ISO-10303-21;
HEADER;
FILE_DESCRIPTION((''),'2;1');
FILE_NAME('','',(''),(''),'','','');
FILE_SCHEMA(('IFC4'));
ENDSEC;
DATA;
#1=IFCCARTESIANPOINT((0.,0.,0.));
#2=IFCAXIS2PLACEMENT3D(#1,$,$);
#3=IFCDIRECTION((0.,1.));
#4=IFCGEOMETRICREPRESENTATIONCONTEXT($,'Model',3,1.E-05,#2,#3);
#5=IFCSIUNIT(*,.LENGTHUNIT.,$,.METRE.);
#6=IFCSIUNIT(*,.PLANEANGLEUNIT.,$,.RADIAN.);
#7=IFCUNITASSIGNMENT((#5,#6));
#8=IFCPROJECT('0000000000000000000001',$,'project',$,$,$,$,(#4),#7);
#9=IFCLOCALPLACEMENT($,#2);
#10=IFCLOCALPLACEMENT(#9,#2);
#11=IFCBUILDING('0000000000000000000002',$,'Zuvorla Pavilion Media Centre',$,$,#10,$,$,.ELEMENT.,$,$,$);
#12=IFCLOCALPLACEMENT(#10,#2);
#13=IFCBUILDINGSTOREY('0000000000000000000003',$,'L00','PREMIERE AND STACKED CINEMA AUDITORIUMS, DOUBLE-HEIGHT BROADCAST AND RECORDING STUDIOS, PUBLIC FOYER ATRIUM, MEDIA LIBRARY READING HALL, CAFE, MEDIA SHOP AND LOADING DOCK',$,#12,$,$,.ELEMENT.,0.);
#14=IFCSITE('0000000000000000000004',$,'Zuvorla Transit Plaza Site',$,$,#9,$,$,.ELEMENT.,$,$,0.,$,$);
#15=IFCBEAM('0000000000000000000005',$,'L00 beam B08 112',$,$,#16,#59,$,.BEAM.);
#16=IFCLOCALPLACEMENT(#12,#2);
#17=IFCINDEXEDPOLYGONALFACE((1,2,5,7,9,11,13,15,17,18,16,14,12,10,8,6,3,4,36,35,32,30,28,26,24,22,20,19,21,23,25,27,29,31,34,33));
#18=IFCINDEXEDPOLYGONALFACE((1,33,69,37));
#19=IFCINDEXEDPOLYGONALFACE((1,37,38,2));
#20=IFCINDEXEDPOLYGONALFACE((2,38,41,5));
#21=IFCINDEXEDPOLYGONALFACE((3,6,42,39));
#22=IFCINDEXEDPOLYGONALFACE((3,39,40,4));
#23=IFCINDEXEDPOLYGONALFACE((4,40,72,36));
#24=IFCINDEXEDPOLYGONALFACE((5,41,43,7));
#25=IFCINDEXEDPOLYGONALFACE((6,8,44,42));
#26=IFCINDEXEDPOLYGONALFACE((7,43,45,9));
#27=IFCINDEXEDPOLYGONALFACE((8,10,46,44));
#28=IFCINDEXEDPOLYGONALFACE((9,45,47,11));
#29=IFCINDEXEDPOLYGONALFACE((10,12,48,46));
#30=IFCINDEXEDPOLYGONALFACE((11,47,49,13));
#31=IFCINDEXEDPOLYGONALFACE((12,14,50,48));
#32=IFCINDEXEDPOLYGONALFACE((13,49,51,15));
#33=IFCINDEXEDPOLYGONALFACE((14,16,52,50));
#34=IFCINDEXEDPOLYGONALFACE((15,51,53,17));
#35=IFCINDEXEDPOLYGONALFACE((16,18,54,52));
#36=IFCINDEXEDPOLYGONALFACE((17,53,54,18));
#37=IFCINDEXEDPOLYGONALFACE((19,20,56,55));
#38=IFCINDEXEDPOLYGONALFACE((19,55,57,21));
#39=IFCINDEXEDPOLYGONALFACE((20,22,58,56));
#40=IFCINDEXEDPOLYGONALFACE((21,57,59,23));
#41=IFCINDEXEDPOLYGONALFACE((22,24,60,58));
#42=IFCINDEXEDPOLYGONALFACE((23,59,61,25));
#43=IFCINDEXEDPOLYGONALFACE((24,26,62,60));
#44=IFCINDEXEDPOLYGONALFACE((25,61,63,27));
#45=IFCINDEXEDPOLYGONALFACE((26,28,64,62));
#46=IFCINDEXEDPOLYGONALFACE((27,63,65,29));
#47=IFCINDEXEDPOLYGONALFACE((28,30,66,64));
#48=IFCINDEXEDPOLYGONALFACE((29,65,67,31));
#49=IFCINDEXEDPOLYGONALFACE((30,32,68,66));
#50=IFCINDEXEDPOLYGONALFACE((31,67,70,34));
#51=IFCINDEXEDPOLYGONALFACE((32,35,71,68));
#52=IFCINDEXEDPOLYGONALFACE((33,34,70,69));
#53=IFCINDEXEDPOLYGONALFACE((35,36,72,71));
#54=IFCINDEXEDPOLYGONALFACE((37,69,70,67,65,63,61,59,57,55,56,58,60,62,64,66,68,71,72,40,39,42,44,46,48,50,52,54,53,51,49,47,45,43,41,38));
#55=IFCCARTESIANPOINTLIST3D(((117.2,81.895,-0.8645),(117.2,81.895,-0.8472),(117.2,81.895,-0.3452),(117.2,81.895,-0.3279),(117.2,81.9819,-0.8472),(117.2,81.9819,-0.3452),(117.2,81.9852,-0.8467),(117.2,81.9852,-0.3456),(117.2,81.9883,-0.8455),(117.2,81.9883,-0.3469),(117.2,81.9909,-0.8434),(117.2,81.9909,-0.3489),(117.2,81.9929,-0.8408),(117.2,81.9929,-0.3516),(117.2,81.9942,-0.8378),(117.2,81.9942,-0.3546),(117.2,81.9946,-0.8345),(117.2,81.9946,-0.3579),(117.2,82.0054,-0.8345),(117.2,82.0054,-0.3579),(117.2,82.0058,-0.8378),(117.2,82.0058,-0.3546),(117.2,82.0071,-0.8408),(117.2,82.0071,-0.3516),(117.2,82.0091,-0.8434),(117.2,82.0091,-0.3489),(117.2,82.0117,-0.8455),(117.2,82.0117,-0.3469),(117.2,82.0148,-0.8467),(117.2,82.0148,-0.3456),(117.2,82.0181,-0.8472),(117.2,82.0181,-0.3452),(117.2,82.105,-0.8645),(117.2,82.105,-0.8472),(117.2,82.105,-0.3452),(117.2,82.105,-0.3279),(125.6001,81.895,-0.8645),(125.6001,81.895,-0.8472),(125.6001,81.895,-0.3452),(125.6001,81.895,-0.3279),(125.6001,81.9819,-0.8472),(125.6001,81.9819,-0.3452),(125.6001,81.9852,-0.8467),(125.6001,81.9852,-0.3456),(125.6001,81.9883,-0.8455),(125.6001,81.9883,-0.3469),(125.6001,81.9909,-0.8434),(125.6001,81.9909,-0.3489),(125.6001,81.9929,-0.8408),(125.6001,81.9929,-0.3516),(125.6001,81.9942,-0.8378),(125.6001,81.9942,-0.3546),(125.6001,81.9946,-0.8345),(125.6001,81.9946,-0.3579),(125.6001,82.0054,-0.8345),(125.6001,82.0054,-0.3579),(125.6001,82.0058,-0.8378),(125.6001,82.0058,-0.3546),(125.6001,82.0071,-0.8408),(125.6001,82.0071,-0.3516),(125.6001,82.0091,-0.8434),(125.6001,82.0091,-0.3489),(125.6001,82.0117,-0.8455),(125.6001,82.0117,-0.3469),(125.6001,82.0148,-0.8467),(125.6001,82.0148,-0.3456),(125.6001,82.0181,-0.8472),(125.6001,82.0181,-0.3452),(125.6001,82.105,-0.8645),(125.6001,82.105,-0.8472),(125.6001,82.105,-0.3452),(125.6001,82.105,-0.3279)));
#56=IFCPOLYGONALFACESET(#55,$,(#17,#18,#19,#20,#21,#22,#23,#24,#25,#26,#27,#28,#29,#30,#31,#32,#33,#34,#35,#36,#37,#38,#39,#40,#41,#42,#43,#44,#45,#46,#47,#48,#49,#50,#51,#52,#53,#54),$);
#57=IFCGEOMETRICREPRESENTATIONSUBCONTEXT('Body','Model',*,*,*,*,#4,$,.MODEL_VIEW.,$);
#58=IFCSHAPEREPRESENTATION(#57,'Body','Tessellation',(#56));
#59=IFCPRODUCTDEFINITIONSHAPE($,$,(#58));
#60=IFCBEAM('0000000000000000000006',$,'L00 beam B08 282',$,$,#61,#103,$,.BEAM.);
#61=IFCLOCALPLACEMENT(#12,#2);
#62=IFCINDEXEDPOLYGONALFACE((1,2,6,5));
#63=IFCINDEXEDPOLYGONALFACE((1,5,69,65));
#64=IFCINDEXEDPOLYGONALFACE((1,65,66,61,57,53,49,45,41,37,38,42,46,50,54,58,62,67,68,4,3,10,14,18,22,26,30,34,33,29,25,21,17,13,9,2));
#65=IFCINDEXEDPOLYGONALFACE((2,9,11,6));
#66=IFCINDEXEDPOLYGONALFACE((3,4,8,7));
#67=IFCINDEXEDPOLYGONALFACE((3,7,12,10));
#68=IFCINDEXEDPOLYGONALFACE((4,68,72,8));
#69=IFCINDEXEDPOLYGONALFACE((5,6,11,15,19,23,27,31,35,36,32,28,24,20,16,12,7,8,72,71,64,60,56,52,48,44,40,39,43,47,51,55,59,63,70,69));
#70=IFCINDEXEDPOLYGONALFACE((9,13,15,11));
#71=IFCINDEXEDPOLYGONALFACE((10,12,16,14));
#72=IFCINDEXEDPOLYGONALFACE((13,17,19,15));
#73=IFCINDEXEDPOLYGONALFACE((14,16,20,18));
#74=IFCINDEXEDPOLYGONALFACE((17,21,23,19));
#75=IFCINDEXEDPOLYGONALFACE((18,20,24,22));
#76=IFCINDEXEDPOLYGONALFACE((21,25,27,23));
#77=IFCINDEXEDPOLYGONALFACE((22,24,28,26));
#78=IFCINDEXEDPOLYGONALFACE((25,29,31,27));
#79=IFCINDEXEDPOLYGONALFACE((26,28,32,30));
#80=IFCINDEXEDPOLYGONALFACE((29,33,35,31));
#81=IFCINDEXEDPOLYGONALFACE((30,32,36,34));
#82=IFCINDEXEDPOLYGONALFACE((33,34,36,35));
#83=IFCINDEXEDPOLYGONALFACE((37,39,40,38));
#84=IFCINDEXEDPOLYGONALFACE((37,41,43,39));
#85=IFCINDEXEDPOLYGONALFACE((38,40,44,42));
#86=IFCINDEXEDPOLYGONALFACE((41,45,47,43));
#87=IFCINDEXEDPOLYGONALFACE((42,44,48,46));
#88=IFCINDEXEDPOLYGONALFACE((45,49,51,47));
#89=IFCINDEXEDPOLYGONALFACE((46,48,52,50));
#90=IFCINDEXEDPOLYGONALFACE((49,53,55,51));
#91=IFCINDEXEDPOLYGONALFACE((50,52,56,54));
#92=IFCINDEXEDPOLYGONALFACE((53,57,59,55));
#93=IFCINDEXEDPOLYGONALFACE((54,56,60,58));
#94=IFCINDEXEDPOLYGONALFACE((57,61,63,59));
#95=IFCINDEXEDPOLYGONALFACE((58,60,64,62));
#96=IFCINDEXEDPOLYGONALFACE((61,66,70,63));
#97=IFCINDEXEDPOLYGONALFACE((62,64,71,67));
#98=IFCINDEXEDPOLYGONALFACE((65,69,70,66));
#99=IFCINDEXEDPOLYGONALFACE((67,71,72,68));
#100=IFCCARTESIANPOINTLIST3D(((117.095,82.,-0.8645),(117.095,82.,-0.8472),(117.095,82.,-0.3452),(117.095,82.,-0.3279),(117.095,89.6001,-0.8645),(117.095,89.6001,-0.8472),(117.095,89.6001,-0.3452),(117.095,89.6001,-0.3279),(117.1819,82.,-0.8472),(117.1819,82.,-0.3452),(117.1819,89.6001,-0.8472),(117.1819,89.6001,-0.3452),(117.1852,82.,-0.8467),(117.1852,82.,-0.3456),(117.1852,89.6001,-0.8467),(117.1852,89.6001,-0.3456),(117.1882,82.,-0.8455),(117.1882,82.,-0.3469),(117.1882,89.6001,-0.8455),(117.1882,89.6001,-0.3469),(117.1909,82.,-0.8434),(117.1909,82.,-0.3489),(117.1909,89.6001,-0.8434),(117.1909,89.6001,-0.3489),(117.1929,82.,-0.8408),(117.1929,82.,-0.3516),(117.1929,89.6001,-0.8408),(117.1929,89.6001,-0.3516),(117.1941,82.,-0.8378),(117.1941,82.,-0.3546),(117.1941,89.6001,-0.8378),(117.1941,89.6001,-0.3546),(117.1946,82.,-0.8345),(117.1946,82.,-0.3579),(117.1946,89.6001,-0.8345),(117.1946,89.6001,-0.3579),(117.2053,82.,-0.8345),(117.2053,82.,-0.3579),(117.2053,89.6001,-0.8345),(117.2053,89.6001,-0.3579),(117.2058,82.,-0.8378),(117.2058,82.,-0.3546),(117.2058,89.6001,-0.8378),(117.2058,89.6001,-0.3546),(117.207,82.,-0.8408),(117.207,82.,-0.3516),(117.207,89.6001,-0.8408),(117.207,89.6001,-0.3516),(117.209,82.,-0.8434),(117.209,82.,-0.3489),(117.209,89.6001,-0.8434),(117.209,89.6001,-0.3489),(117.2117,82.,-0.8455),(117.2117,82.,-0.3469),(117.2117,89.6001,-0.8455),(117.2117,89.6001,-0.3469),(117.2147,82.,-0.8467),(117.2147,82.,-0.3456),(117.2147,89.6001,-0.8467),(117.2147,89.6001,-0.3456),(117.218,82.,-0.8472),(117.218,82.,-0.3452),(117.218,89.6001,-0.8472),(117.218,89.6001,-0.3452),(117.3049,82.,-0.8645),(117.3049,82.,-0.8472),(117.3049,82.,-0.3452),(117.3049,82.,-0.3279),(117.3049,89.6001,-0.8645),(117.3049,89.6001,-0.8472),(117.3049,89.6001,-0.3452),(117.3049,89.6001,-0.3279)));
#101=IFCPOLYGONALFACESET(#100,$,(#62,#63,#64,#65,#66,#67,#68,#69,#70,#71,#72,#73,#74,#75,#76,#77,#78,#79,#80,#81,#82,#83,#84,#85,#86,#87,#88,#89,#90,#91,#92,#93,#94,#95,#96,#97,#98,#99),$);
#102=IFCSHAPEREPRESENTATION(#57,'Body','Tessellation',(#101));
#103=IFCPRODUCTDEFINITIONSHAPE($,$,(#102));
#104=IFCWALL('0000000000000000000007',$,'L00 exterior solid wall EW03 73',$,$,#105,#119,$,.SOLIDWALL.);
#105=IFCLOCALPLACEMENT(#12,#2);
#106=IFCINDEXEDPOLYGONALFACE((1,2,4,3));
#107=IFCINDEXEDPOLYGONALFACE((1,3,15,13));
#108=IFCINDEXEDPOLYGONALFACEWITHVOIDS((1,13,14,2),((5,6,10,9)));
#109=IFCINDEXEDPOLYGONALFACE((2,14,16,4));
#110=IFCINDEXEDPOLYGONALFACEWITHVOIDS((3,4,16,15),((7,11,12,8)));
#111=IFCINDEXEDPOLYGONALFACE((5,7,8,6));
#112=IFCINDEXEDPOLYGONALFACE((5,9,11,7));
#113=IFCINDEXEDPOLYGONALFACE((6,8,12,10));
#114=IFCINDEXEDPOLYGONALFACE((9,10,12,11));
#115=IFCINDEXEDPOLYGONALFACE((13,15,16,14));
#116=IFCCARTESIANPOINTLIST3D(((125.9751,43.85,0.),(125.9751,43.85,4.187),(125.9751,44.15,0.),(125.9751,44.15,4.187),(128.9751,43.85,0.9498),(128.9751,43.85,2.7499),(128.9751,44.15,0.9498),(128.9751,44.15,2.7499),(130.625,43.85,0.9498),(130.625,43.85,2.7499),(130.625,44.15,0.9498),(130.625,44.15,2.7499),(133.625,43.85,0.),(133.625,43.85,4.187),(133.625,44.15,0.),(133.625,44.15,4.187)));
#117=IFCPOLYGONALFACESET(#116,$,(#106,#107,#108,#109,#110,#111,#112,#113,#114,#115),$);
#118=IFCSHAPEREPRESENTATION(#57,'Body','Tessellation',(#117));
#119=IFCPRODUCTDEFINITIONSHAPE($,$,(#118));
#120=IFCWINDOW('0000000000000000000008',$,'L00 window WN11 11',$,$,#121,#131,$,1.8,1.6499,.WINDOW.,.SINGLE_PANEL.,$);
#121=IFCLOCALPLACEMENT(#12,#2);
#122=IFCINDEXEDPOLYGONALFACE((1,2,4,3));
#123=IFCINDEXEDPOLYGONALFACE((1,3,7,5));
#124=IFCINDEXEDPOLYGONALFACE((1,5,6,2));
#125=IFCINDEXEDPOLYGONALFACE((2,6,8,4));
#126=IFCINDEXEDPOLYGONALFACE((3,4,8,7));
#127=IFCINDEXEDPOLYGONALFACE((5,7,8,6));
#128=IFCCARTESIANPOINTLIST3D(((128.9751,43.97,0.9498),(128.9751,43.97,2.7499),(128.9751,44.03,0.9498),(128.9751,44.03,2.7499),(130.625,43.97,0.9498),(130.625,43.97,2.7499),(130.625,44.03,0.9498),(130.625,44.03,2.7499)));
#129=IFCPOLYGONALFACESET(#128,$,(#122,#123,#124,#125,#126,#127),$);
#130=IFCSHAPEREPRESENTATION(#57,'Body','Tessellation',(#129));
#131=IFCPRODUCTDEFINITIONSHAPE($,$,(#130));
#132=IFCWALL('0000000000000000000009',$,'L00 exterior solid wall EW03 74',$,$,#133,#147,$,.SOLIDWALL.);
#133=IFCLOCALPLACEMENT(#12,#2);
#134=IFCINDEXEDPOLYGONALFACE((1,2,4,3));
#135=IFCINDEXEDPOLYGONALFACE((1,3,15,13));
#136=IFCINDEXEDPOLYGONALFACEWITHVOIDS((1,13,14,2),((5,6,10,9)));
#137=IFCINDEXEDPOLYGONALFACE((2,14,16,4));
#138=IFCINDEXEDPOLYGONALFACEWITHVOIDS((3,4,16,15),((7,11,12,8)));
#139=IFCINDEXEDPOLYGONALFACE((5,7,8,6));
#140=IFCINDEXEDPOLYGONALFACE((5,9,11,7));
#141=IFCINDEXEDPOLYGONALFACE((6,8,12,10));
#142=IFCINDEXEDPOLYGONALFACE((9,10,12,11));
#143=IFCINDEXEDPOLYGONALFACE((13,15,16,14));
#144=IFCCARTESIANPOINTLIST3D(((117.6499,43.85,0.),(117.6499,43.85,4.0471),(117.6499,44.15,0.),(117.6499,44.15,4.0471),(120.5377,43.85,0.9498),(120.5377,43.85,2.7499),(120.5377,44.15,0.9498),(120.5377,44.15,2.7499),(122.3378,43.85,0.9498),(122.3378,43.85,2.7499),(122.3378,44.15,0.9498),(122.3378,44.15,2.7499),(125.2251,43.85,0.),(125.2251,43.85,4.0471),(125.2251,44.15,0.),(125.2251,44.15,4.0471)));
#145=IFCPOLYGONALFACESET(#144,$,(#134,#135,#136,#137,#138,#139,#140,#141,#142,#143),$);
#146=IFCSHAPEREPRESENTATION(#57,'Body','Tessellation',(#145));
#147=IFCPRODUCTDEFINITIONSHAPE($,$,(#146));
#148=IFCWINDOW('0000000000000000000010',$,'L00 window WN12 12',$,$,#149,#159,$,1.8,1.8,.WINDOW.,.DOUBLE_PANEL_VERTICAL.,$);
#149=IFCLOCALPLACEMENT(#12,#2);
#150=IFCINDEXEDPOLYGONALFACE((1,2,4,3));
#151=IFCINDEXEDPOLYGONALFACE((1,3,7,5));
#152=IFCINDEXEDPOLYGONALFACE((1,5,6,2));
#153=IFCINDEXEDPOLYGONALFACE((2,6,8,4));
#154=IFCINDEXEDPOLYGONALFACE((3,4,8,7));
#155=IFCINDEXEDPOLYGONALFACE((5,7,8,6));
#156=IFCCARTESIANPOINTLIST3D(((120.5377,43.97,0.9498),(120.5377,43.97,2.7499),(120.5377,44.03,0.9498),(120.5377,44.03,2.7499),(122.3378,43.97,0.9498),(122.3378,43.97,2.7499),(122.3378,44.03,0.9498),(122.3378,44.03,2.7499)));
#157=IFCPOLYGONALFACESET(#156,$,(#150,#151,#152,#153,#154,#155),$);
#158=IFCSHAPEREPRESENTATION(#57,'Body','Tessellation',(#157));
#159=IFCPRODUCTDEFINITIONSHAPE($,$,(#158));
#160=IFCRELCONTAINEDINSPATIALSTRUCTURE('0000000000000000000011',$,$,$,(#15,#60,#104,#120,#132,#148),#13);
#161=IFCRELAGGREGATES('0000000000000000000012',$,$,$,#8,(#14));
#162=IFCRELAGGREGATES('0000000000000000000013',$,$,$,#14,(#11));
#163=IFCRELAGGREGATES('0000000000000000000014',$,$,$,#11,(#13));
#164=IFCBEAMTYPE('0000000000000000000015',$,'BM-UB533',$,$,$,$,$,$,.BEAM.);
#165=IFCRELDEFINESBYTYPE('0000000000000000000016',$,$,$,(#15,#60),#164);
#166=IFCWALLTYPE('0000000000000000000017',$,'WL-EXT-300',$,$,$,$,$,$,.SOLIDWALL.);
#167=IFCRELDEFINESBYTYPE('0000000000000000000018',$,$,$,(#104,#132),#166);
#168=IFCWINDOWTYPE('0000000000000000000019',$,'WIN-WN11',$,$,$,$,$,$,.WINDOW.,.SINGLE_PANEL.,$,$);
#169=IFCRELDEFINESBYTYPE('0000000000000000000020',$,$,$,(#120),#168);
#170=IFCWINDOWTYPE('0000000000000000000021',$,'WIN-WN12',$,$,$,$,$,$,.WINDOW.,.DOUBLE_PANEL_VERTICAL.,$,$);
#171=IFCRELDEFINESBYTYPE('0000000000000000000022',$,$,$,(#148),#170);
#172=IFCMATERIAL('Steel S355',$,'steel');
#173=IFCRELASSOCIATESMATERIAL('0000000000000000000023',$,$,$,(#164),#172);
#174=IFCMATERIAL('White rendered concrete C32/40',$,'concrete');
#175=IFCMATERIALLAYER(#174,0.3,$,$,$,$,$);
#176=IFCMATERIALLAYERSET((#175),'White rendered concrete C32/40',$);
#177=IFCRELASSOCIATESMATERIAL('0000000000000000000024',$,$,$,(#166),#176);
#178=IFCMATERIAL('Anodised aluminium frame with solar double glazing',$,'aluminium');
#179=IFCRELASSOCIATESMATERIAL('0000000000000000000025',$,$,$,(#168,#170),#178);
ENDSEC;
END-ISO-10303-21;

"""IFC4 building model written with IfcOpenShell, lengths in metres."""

from ifc_helpers import new_model, si_unit, direction, frame, frame_2d, origin, origin_2d, place, context, subcontext, project, spatial, rectangle, i_section, extrude, material, layer, layer_set, material_profile, profile_set, type_object, element, fill, save


model = new_model("IFC4")

# Units and contexts
model_context = context("Model", 3, precision=1e-05, world=origin(), true_north=direction((0.0, 1.0)))
body_context = subcontext(model_context, "Body", "Model", "MODEL_VIEW")
ifc_project = project(units=[si_unit("LENGTHUNIT", "METRE"), si_unit("PLANEANGLEUNIT", "RADIAN")], contexts=[model_context])

# Site, building, storey
site_placement = place(None, origin())
site = spatial("IfcSite", under=ifc_project, at=site_placement, Name="Zuvorla Transit Plaza Site", CompositionType="ELEMENT", RefElevation=0.0)
building_placement = place(site_placement, origin())
building = spatial("IfcBuilding", under=site, at=building_placement, Name="Zuvorla Pavilion Media Centre", CompositionType="ELEMENT")
storey_placement = place(building_placement, origin())
storey = spatial("IfcBuildingStorey", under=building, at=storey_placement, Name="L00", Description="PREMIERE AND STACKED CINEMA AUDITORIUMS, DOUBLE-HEIGHT BROADCAST AND RECORDING STUDIOS, PUBLIC FOYER ATRIUM, MEDIA LIBRARY READING HALL, CAFE, MEDIA SHOP AND LOADING DOCK", CompositionType="ELEMENT", Elevation=0.0)

# Beams
ifc_material_1 = material(Name="Steel S355", Category="steel")
ifc_material_profile_1 = material_profile(ifc_material_1, i_section(OverallWidth=0.21, OverallDepth=0.5366, WebThickness=0.0107, FlangeThickness=0.0173, FilletRadius=0.0127, at=origin_2d()), Name="UB 533x210x101")
ifc_profile_set_1 = profile_set([ifc_material_profile_1], Name="Steel S355")
beam_type_1 = type_object("IfcBeamType", Name="BM-UB533", PredefinedType="BEAM", material=ifc_profile_set_1)
beam_1_placement = place(storey_placement, frame((117.2, 82.0, -0.5962), z_axis=(1.0, 0.0, 0.0), x_axis=(0.0, 1.0, 0.0)))
element("IfcBeam", 1, at=beam_1_placement, inside=storey, type_object=beam_type_1, Name="L00 beam B08 112", PredefinedType="BEAM", context=body_context, shape_type="SweptSolid", body=[
    extrude(i_section(OverallWidth=0.21, OverallDepth=0.5366, WebThickness=0.0107, FlangeThickness=0.0173, FilletRadius=0.0127, at=origin_2d()), origin(), (0.0, 0.0, 1.0), 8.4001),
])
beam_2_placement = place(storey_placement, frame((117.2, 82.0, -0.5962), z_axis=(0.0, 1.0, 0.0), x_axis=(-1.0, 0.0, 0.0)))
element("IfcBeam", 2, at=beam_2_placement, inside=storey, type_object=beam_type_1, Name="L00 beam B08 282", PredefinedType="BEAM", context=body_context, shape_type="SweptSolid", body=[
    extrude(i_section(OverallWidth=0.21, OverallDepth=0.5366, WebThickness=0.0107, FlangeThickness=0.0173, FilletRadius=0.0127, at=origin_2d()), origin(), (0.0, 0.0, 1.0), 7.6001),
])

# Walls, openings, windows
ifc_material_2 = material(Name="White rendered concrete C32/40", Category="concrete")
ifc_layer_1 = layer(ifc_material_2, 0.3)
ifc_layer_set_1 = layer_set([ifc_layer_1], Name="White rendered concrete C32/40")
wall_type_1 = type_object("IfcWallType", Name="WL-EXT-300", PredefinedType="SOLIDWALL", material=ifc_layer_set_1)
wall_1_placement = place(storey_placement, frame((133.625, 44.0, 0.0), z_axis=(0.0, 0.0, 1.0), x_axis=(-1.0, 0.0, 0.0)))
wall_1 = element("IfcWall", 3, at=wall_1_placement, inside=storey, type_object=wall_type_1, Name="L00 exterior solid wall EW03 73", PredefinedType="SOLIDWALL", context=body_context, shape_type="SweptSolid", body=[
    extrude(rectangle(XDim=7.6499, YDim=0.3, at=frame_2d((3.825, 0.0))), origin(), (0.0, 0.0, 1.0), 4.187),
])
opening_1_placement = place(wall_1_placement, frame((3.0, 0.0, 0.95)))
opening_1 = element("IfcOpeningElement", 4, at=opening_1_placement, cuts=wall_1, PredefinedType="OPENING", context=body_context, shape_type="SweptSolid", body=[
    extrude(rectangle(XDim=1.6499, YDim=1.8, at=frame_2d((0.825, 0.8999))), frame((0.0, 0.1599, 0.0), z_axis=(0.0, -1.0, 0.0), x_axis=(1.0, 0.0, 0.0)), (0.0, 0.0, 1.0), 0.3201),
])
ifc_material_3 = material(Name="Anodised aluminium frame with solar double glazing", Category="aluminium")
window_type_1 = type_object("IfcWindowType", Name="WIN-WN11", PartitioningType="SINGLE_PANEL", PredefinedType="WINDOW", material=ifc_material_3)
window_1_placement = place(opening_1_placement, origin())
window_1 = element("IfcWindow", 5, at=window_1_placement, inside=storey, type_object=window_type_1, Name="L00 window WN11 11", OverallHeight=1.8, OverallWidth=1.6499, PartitioningType="SINGLE_PANEL", PredefinedType="WINDOW", context=body_context, shape_type="SweptSolid", body=[
    extrude(rectangle(XDim=1.6499, YDim=1.8, at=frame_2d((0.825, 0.8999))), frame((0.0, 0.03, 0.0), z_axis=(0.0, -1.0, 0.0), x_axis=(1.0, 0.0, 0.0)), (0.0, 0.0, 1.0), 0.0601),
])
fill(opening_1, window_1)
wall_2_placement = place(storey_placement, frame((125.2251, 44.0, 0.0), z_axis=(0.0, 0.0, 1.0), x_axis=(-1.0, 0.0, 0.0)))
wall_2 = element("IfcWall", 6, at=wall_2_placement, inside=storey, type_object=wall_type_1, Name="L00 exterior solid wall EW03 74", PredefinedType="SOLIDWALL", context=body_context, shape_type="SweptSolid", body=[
    extrude(rectangle(XDim=7.5752, YDim=0.3, at=frame_2d((3.7876, 0.0))), origin(), (0.0, 0.0, 1.0), 4.0471),
])
opening_2_placement = place(wall_2_placement, frame((2.8875, 0.0, 0.95)))
opening_2 = element("IfcOpeningElement", 7, at=opening_2_placement, cuts=wall_2, PredefinedType="OPENING", context=body_context, shape_type="SweptSolid", body=[
    extrude(rectangle(XDim=1.8, YDim=1.8, at=frame_2d((0.8999, 0.8999))), frame((0.0, 0.1599, 0.0), z_axis=(0.0, -1.0, 0.0), x_axis=(1.0, 0.0, 0.0)), (0.0, 0.0, 1.0), 0.3201),
])
window_type_2 = type_object("IfcWindowType", Name="WIN-WN12", PartitioningType="DOUBLE_PANEL_VERTICAL", PredefinedType="WINDOW", material=ifc_material_3)
window_2_placement = place(opening_2_placement, origin())
window_2 = element("IfcWindow", 8, at=window_2_placement, inside=storey, type_object=window_type_2, Name="L00 window WN12 12", OverallHeight=1.8, OverallWidth=1.8, PartitioningType="DOUBLE_PANEL_VERTICAL", PredefinedType="WINDOW", context=body_context, shape_type="SweptSolid", body=[
    extrude(rectangle(XDim=1.8, YDim=1.8, at=frame_2d((0.8999, 0.8999))), frame((0.0, 0.03, 0.0), z_axis=(0.0, -1.0, 0.0), x_axis=(1.0, 0.0, 0.0)), (0.0, 0.0, 1.0), 0.0601),
])
fill(opening_2, window_2)

save(model, "model.ifc")
